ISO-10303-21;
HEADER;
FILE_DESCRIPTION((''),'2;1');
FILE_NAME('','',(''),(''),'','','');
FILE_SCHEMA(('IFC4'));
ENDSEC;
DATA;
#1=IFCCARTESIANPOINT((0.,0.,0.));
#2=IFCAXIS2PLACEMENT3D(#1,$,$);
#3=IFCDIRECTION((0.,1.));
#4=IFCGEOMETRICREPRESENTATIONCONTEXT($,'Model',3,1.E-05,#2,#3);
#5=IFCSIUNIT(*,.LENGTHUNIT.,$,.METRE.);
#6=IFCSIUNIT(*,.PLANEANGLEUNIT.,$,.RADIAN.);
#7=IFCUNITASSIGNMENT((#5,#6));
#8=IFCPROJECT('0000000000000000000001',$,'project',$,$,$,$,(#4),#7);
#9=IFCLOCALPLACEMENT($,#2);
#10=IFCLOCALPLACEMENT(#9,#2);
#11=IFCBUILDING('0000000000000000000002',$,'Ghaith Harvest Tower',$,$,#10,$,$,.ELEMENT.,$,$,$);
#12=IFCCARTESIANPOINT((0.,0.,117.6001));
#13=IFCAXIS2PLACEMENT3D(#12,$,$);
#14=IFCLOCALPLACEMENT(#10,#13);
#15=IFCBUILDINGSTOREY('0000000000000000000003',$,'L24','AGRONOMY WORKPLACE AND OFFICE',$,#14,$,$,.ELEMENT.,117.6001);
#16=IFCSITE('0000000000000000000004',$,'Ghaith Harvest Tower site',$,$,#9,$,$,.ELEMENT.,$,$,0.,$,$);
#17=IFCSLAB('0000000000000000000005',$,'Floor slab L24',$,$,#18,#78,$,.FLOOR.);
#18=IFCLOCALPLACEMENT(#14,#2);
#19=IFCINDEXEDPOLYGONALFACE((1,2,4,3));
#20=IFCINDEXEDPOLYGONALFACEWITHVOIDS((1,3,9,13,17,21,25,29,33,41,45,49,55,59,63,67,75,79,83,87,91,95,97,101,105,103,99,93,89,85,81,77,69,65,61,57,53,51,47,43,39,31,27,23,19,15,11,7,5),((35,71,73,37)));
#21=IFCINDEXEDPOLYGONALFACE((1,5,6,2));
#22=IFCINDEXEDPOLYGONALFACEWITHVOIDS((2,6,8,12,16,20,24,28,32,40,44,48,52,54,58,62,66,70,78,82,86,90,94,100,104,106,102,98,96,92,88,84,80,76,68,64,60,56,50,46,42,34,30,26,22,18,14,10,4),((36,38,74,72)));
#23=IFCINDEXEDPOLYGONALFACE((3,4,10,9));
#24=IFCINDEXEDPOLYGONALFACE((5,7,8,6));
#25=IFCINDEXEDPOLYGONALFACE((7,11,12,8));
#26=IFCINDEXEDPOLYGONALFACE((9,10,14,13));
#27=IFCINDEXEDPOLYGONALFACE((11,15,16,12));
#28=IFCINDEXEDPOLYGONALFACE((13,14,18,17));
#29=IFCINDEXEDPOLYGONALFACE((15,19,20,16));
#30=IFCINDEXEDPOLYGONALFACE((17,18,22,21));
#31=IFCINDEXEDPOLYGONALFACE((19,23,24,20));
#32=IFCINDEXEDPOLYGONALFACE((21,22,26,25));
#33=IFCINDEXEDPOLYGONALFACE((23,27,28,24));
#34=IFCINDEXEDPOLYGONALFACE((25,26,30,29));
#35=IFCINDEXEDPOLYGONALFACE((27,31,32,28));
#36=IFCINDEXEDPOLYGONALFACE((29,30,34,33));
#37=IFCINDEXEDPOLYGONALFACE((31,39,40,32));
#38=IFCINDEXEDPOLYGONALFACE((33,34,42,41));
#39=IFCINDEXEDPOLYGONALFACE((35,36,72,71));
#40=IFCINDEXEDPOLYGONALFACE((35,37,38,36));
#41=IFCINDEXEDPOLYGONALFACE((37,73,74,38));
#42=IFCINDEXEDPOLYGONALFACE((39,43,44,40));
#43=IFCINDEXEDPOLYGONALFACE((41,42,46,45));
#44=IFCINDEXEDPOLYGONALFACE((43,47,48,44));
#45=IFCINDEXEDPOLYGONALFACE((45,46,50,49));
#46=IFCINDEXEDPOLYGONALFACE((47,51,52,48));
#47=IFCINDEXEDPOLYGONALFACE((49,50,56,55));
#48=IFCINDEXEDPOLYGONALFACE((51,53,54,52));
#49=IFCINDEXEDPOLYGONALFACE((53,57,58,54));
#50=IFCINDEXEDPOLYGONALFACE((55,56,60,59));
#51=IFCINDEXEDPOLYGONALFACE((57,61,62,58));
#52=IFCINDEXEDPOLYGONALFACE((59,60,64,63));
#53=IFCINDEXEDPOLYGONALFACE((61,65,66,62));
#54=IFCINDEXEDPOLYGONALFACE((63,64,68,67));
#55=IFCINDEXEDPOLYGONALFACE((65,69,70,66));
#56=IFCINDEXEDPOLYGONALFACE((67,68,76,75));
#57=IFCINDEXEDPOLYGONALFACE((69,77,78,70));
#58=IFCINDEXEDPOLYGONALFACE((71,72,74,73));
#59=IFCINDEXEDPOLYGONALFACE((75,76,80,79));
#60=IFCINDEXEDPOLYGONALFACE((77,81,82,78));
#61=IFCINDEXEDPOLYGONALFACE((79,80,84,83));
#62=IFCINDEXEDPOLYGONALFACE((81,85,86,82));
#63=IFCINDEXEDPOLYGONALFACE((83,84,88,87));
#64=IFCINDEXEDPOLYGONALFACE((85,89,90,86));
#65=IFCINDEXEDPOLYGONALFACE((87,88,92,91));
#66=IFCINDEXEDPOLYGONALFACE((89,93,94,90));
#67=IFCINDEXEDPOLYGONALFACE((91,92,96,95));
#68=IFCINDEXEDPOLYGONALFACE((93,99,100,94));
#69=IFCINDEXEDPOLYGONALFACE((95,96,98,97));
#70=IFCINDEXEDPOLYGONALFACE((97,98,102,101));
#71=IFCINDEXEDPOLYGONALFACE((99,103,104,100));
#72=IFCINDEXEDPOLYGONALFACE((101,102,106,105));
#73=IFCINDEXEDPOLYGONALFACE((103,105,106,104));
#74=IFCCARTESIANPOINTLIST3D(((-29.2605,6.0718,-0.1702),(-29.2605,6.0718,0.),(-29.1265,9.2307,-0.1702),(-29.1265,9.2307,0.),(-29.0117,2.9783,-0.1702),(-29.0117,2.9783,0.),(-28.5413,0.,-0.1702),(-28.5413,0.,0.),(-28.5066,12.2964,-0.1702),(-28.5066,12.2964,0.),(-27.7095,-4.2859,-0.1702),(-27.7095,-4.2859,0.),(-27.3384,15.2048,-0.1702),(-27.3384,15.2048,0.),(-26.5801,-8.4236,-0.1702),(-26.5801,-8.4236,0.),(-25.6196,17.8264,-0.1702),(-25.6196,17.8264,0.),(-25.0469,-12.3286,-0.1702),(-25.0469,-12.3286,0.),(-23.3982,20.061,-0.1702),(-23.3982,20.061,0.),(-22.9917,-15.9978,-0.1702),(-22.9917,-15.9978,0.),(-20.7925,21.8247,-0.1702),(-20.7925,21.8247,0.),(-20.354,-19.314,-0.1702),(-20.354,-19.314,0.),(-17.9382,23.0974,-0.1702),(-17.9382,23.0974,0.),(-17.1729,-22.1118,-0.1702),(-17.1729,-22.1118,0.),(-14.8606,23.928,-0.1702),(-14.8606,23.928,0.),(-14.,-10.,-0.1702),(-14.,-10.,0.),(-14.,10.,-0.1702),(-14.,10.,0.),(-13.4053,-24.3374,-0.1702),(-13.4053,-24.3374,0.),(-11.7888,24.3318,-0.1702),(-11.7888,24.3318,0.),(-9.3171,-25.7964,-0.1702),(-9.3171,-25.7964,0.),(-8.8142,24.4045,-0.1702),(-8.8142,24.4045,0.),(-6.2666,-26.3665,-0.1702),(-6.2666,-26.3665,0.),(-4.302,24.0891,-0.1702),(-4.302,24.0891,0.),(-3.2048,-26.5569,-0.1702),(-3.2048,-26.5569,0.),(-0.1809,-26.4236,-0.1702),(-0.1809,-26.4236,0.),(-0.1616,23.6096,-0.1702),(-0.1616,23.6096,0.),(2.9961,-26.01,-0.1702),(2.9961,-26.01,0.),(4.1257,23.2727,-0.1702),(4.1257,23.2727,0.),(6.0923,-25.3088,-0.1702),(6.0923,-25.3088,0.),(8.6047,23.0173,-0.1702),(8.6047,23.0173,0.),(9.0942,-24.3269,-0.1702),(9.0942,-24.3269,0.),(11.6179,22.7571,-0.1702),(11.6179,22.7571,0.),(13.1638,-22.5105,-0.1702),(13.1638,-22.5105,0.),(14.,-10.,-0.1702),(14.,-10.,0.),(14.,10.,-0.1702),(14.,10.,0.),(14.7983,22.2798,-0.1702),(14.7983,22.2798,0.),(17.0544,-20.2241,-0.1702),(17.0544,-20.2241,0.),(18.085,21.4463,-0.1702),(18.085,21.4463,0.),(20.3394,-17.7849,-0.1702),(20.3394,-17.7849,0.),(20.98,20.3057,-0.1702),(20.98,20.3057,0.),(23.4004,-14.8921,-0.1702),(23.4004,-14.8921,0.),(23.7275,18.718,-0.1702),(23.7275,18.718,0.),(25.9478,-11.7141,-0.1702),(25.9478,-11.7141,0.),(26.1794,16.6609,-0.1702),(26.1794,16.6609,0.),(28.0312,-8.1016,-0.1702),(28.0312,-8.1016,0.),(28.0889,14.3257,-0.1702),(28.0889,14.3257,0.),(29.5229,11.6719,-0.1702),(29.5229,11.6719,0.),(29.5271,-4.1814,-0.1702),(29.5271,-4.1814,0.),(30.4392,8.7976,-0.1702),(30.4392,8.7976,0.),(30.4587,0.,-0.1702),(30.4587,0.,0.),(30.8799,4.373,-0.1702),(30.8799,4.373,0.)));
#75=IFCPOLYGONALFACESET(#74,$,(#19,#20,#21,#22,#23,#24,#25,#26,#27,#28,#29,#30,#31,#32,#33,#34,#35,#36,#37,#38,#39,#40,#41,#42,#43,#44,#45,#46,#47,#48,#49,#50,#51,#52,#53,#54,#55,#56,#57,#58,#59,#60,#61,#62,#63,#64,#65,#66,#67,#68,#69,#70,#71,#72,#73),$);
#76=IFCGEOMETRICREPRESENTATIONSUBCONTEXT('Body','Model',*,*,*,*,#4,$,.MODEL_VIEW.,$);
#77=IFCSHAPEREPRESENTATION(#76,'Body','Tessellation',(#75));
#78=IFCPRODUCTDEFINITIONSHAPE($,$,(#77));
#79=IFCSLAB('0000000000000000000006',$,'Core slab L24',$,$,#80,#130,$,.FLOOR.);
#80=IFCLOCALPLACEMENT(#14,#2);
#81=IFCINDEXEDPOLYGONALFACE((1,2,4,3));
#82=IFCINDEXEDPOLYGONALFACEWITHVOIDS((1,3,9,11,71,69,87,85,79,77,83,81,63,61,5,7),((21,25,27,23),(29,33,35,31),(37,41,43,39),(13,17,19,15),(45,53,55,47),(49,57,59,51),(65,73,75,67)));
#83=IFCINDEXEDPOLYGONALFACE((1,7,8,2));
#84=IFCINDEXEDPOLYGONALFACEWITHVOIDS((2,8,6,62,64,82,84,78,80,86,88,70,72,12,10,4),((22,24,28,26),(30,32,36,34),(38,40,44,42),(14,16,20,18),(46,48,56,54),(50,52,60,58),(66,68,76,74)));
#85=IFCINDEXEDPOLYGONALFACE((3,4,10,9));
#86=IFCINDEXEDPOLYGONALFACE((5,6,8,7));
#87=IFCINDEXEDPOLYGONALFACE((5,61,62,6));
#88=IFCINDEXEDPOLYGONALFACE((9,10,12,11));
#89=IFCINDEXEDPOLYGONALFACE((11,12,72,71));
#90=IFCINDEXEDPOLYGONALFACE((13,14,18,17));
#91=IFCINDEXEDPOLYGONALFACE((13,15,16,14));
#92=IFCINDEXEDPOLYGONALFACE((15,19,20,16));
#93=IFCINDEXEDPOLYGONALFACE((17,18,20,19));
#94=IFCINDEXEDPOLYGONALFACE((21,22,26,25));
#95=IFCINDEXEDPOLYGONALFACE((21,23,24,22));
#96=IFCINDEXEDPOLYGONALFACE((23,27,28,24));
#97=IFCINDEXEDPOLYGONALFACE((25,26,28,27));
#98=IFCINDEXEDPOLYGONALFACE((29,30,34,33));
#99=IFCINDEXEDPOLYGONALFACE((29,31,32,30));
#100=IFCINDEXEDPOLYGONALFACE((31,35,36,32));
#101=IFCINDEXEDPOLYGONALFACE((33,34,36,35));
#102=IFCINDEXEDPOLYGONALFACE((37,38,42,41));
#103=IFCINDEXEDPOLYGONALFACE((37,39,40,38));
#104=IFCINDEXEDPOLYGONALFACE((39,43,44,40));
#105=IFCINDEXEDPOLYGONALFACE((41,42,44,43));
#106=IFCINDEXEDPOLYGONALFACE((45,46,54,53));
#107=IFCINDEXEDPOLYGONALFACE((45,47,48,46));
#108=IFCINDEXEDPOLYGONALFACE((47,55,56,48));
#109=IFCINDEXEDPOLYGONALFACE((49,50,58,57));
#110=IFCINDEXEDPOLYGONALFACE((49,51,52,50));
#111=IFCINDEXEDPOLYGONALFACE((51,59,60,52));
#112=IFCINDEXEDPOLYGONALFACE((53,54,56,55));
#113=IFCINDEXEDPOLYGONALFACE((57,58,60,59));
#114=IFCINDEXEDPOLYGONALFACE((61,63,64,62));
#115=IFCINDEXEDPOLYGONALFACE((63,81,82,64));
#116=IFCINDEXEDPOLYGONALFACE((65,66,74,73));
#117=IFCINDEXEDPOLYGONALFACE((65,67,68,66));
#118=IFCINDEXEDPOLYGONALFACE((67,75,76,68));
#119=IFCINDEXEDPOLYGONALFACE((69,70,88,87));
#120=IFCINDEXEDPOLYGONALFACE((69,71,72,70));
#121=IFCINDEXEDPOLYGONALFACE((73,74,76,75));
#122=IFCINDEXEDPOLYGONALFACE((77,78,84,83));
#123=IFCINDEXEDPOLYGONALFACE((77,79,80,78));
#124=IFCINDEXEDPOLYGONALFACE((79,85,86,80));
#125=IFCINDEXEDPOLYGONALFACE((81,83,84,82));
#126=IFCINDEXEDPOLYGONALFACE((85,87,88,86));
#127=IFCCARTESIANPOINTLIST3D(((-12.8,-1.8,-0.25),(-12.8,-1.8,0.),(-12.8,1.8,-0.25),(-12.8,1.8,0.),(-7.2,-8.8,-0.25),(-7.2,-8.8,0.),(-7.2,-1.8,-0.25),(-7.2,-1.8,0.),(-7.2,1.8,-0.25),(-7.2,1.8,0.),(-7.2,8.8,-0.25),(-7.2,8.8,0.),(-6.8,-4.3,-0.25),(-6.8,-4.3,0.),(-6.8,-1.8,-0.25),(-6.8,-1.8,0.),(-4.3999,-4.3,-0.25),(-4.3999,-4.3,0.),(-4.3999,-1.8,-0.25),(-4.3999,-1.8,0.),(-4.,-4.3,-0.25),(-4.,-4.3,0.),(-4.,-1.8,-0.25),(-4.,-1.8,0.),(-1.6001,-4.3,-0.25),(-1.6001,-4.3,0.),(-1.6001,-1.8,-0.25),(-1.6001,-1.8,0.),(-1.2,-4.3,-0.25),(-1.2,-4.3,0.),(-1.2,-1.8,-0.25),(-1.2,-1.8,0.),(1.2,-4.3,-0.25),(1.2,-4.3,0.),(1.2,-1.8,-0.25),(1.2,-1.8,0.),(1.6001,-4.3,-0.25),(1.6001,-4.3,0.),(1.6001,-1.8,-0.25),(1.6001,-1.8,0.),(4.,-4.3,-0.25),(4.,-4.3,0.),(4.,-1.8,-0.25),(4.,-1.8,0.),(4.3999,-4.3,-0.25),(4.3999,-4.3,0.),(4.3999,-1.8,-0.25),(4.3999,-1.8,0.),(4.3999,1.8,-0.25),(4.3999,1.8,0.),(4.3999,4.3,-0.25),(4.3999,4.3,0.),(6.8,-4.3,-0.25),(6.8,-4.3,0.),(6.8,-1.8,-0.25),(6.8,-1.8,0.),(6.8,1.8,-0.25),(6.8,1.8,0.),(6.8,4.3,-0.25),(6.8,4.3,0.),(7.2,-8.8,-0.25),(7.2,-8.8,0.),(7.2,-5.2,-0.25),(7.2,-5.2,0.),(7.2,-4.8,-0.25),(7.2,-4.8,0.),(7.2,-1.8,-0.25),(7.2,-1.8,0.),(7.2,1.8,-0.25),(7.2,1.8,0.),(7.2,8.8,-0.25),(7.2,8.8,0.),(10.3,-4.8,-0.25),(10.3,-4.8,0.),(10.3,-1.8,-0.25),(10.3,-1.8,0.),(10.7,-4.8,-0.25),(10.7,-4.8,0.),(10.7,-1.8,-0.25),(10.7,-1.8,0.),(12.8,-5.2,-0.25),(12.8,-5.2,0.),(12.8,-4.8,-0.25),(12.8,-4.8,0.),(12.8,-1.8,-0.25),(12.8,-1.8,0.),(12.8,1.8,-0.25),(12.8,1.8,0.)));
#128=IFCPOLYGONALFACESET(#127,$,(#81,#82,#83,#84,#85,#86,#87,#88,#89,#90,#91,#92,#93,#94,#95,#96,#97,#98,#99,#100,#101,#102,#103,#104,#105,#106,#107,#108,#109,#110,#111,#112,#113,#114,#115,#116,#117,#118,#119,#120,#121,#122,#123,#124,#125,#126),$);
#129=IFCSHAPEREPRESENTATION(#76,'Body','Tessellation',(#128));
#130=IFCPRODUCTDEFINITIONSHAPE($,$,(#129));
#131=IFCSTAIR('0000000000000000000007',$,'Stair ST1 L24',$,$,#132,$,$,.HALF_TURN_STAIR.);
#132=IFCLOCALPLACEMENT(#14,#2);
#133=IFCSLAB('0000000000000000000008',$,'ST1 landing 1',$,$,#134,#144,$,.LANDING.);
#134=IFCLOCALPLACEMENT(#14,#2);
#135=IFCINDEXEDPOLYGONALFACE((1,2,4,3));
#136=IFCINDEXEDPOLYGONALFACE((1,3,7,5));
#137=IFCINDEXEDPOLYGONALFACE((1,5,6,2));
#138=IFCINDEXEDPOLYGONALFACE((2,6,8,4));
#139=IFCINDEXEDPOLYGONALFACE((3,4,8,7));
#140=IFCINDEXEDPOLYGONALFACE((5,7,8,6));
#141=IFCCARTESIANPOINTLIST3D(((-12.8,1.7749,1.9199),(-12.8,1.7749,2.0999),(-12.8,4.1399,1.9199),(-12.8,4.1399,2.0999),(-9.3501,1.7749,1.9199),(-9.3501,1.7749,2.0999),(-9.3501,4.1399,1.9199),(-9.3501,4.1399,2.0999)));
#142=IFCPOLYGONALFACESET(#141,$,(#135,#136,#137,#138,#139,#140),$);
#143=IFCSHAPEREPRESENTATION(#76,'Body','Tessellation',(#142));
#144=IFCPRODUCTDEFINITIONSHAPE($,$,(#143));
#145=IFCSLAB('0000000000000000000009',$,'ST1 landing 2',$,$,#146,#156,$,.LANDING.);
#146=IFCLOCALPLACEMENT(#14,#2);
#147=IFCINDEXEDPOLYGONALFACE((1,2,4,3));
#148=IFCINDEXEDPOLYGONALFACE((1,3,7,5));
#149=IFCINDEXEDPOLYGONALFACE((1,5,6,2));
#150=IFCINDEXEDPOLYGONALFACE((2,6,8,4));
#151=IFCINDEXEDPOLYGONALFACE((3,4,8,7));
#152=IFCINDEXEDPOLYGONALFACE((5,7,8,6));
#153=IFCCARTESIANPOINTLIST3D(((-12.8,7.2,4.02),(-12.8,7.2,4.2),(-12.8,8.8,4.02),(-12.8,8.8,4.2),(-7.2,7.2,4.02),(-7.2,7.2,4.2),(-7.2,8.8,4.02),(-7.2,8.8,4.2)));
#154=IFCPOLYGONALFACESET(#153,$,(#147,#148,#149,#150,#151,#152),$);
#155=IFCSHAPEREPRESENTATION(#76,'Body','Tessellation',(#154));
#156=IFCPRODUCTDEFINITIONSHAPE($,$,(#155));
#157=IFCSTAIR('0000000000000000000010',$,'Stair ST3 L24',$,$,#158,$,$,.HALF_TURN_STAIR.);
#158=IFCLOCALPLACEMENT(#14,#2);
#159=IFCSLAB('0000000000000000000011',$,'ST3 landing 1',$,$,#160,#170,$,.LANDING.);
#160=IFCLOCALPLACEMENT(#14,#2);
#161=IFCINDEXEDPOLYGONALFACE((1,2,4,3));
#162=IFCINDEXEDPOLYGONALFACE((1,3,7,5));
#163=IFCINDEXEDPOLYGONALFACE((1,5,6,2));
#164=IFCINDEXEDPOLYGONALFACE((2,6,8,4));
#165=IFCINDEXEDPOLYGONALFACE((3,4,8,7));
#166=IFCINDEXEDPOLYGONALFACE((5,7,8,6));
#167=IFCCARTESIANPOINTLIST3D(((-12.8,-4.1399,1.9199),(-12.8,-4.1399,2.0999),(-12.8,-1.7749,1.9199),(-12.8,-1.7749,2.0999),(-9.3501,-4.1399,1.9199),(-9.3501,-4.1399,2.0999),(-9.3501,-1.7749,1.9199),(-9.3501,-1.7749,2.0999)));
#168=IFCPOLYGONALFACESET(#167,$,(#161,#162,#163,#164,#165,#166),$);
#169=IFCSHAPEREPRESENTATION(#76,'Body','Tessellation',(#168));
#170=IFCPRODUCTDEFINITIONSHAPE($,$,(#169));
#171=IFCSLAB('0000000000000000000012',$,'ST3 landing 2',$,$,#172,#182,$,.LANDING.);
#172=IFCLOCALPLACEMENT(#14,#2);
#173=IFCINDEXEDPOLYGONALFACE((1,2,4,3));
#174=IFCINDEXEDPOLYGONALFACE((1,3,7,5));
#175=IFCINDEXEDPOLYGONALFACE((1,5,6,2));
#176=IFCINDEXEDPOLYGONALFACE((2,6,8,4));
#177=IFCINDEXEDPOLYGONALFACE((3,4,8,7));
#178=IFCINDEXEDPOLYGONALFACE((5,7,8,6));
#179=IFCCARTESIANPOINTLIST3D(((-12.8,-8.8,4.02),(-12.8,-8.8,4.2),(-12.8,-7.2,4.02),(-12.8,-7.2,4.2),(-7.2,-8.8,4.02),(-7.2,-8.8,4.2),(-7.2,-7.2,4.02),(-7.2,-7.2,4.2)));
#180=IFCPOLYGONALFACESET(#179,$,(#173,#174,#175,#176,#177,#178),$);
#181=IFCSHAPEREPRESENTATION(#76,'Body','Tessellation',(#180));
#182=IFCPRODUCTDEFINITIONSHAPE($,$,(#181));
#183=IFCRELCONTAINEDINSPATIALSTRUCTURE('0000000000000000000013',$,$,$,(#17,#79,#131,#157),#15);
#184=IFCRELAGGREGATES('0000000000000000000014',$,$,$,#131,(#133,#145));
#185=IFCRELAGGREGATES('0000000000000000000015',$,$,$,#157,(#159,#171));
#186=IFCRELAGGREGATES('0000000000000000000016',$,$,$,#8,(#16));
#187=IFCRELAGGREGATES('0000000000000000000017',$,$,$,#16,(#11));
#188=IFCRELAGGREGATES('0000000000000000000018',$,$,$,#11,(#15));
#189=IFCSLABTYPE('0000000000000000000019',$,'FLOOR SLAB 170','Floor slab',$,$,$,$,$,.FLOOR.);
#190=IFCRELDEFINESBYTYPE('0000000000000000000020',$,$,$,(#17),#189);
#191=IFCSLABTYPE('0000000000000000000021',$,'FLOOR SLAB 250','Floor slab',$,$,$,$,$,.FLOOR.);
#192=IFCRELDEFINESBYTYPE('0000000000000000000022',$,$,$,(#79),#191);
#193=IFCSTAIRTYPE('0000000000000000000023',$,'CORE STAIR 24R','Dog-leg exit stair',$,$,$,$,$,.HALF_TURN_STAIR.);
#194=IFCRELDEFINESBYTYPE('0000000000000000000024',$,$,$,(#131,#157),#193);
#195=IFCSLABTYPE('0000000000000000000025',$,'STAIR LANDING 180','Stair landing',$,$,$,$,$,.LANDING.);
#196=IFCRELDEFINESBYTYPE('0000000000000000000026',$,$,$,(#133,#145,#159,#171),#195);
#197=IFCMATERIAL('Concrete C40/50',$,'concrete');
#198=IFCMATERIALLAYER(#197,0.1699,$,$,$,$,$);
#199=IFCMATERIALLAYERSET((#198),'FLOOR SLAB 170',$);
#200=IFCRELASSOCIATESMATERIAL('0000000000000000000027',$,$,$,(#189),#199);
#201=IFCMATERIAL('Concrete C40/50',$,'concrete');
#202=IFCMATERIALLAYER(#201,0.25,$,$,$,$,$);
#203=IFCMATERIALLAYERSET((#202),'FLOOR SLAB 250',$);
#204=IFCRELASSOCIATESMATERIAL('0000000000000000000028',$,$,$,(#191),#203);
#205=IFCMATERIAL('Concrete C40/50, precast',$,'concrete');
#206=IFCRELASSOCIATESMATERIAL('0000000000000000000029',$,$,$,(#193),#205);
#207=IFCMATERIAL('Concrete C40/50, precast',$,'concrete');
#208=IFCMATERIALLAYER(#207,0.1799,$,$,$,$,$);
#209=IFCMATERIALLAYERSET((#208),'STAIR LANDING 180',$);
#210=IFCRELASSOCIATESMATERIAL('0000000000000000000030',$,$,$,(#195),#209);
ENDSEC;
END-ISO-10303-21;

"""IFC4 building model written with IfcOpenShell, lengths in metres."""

from ifc_helpers import new_model, si_unit, direction, frame, origin, place, context, subcontext, project, spatial, polyline, outline, extrude, material, layer, layer_set, type_object, element, aggregate, save


model = new_model("IFC4")

# Units and contexts
model_context = context("Model", 3, precision=1e-05, world=origin(), true_north=direction((0.0, 1.0)))
body_context = subcontext(model_context, "Body", "Model", "MODEL_VIEW")
ifc_project = project(units=[si_unit("LENGTHUNIT", "METRE"), si_unit("PLANEANGLEUNIT", "RADIAN")], contexts=[model_context])

# Site, building, storey
site_placement = place(None, origin())
site = spatial("IfcSite", under=ifc_project, at=site_placement, Name="Ghaith Harvest Tower site", CompositionType="ELEMENT", RefElevation=0.0)
building_placement = place(site_placement, origin())
building = spatial("IfcBuilding", under=site, at=building_placement, Name="Ghaith Harvest Tower", CompositionType="ELEMENT")
storey_placement = place(building_placement, frame((0.0, 0.0, 117.6001)))
storey = spatial("IfcBuildingStorey", under=building, at=storey_placement, Name="L24", Description="AGRONOMY WORKPLACE AND OFFICE", CompositionType="ELEMENT", Elevation=117.6001)

# Slabs
ifc_material_1 = material(Name="Concrete C40/50", Category="concrete")
ifc_layer_1 = layer(ifc_material_1, 0.1699)
ifc_layer_set_1 = layer_set([ifc_layer_1], Name="FLOOR SLAB 170")
slab_type_1 = type_object("IfcSlabType", Name="FLOOR SLAB 170", Description="Floor slab", PredefinedType="FLOOR", material=ifc_layer_set_1)
slab_1_placement = place(storey_placement, frame((0.0, 0.0, -0.1702)))
element("IfcSlab", 1, at=slab_1_placement, inside=storey, type_object=slab_type_1, Name="Floor slab L24", PredefinedType="FLOOR", context=body_context, shape_type="SweptSolid", body=[
    extrude(outline(polyline([(30.4587, 0.0), (30.8799, 4.373), (30.4392, 8.7976), (29.5229, 11.6719), (28.0889, 14.3257), (26.1794, 16.6609), (23.7275, 18.718), (20.98, 20.3057), (18.085, 21.4463), (14.7983, 22.2798), (11.6179, 22.7571), (8.6047, 23.0173), (4.1257, 23.2727), (-0.1616, 23.6096), (-4.302, 24.0891), (-8.8142, 24.4045), (-11.7888, 24.3318), (-14.8606, 23.928), (-17.9382, 23.0974), (-20.7925, 21.8247), (-23.3982, 20.061), (-25.6196, 17.8264), (-27.3384, 15.2048), (-28.5066, 12.2964), (-29.1265, 9.2307), (-29.2605, 6.0718), (-29.0117, 2.9783), (-28.5413, 0.0), (-27.7095, -4.2859), (-26.5801, -8.4236), (-25.0469, -12.3286), (-22.9917, -15.9978), (-20.354, -19.314), (-17.1729, -22.1118), (-13.4053, -24.3374), (-9.3171, -25.7964), (-6.2666, -26.3665), (-3.2048, -26.5569), (-0.1809, -26.4236), (2.9961, -26.01), (6.0923, -25.3088), (9.0942, -24.3269), (13.1638, -22.5105), (17.0544, -20.2241), (20.3394, -17.7849), (23.4004, -14.8921), (25.9478, -11.7141), (28.0312, -8.1016), (29.5271, -4.1814), (30.4587, 0.0)]), holes=[polyline([(-14.0, -10.0), (14.0, -10.0), (14.0, 10.0), (-14.0, 10.0), (-14.0, -10.0)])]), origin(), (0.0, 0.0, 1.0), 0.1702),
])
ifc_material_2 = material(Name="Concrete C40/50", Category="concrete")
ifc_layer_2 = layer(ifc_material_2, 0.25)
ifc_layer_set_2 = layer_set([ifc_layer_2], Name="FLOOR SLAB 250")
slab_type_2 = type_object("IfcSlabType", Name="FLOOR SLAB 250", Description="Floor slab", PredefinedType="FLOOR", material=ifc_layer_set_2)
slab_2_placement = place(storey_placement, frame((0.0, 0.0, -0.25)))
element("IfcSlab", 2, at=slab_2_placement, inside=storey, type_object=slab_type_2, Name="Core slab L24", PredefinedType="FLOOR", context=body_context, shape_type="SweptSolid", body=[
    extrude(outline(polyline([(-12.8, 1.8), (-7.2, 1.8), (-7.2, 8.8), (7.2, 8.8), (7.2, 1.8), (12.8, 1.8), (12.8, -1.8), (10.7, -1.8), (10.7, -4.8), (12.8, -4.8), (12.8, -5.2), (7.2, -5.2), (7.2, -8.8), (-7.2, -8.8), (-7.2, -1.8), (-12.8, -1.8), (-12.8, 1.8)]), holes=[polyline([(-4.3999, -4.3), (-4.3999, -1.8), (-6.8, -1.8), (-6.8, -4.3), (-4.3999, -4.3)]), polyline([(-1.6001, -4.3), (-1.6001, -1.8), (-4.0, -1.8), (-4.0, -4.3), (-1.6001, -4.3)]), polyline([(1.2, -1.8), (-1.2, -1.8), (-1.2, -4.3), (1.2, -4.3), (1.2, -1.8)]), polyline([(4.0, -4.3), (4.0, -1.8), (1.6001, -1.8), (1.6001, -4.3), (4.0, -4.3)]), polyline([(10.3, -4.8), (10.3, -1.8), (7.2, -1.8), (7.2, -4.8), (10.3, -4.8)]), polyline([(6.8, -1.8), (4.3999, -1.8), (4.3999, -4.3), (6.8, -4.3), (6.8, -1.8)]), polyline([(6.8, 1.8), (6.8, 4.3), (4.3999, 4.3), (4.3999, 1.8), (6.8, 1.8)])]), origin(), (0.0, 0.0, 1.0), 0.25),
])

# Stairs, slabs
ifc_material_3 = material(Name="Concrete C40/50, precast", Category="concrete")
stair_type = type_object("IfcStairType", Name="CORE STAIR 24R", Description="Dog-leg exit stair", PredefinedType="HALF_TURN_STAIR", material=ifc_material_3)
stair_1_placement = place(storey_placement, origin())
stair_1 = element("IfcStair", 3, at=stair_1_placement, inside=storey, type_object=stair_type, Name="Stair ST1 L24", PredefinedType="HALF_TURN_STAIR")
ifc_material_4 = material(Name="Concrete C40/50, precast", Category="concrete")
ifc_layer_3 = layer(ifc_material_4, 0.1799)
ifc_layer_set_3 = layer_set([ifc_layer_3], Name="STAIR LANDING 180")
slab_type_3 = type_object("IfcSlabType", Name="STAIR LANDING 180", Description="Stair landing", PredefinedType="LANDING", material=ifc_layer_set_3)
slab_3_placement = place(storey_placement, frame((0.0, 0.0, 1.9199)))
slab_3 = element("IfcSlab", 4, at=slab_3_placement, type_object=slab_type_3, Name="ST1 landing 1", PredefinedType="LANDING", context=body_context, shape_type="SweptSolid", body=[
    extrude(outline(polyline([(-12.8, 4.1399), (-12.8, 1.7749), (-9.3501, 1.7749), (-9.3501, 4.1399), (-12.8, 4.1399)])), origin(), (0.0, 0.0, 1.0), 0.1799),
])
slab_4_placement = place(storey_placement, frame((0.0, 0.0, 4.02)))
slab_4 = element("IfcSlab", 5, at=slab_4_placement, type_object=slab_type_3, Name="ST1 landing 2", PredefinedType="LANDING", context=body_context, shape_type="SweptSolid", body=[
    extrude(outline(polyline([(-12.8, 8.8), (-12.8, 7.2), (-7.2, 7.2), (-7.2, 8.8), (-12.8, 8.8)])), origin(), (0.0, 0.0, 1.0), 0.1799),
])
aggregate(stair_1, [slab_3, slab_4])
stair_2_placement = place(storey_placement, origin())
stair_2 = element("IfcStair", 6, at=stair_2_placement, inside=storey, type_object=stair_type, Name="Stair ST3 L24", PredefinedType="HALF_TURN_STAIR")
slab_5_placement = place(storey_placement, frame((0.0, 0.0, 1.9199)))
slab_5 = element("IfcSlab", 7, at=slab_5_placement, type_object=slab_type_3, Name="ST3 landing 1", PredefinedType="LANDING", context=body_context, shape_type="SweptSolid", body=[
    extrude(outline(polyline([(-12.8, -4.1399), (-12.8, -1.7749), (-9.3501, -1.7749), (-9.3501, -4.1399), (-12.8, -4.1399)])), origin(), (0.0, 0.0, 1.0), 0.1799),
])
slab_6_placement = place(storey_placement, frame((0.0, 0.0, 4.02)))
slab_6 = element("IfcSlab", 8, at=slab_6_placement, type_object=slab_type_3, Name="ST3 landing 2", PredefinedType="LANDING", context=body_context, shape_type="SweptSolid", body=[
    extrude(outline(polyline([(-12.8, -8.8), (-12.8, -7.2), (-7.2, -7.2), (-7.2, -8.8), (-12.8, -8.8)])), origin(), (0.0, 0.0, 1.0), 0.1799),
])
aggregate(stair_2, [slab_5, slab_6])

save(model, "model.ifc")
